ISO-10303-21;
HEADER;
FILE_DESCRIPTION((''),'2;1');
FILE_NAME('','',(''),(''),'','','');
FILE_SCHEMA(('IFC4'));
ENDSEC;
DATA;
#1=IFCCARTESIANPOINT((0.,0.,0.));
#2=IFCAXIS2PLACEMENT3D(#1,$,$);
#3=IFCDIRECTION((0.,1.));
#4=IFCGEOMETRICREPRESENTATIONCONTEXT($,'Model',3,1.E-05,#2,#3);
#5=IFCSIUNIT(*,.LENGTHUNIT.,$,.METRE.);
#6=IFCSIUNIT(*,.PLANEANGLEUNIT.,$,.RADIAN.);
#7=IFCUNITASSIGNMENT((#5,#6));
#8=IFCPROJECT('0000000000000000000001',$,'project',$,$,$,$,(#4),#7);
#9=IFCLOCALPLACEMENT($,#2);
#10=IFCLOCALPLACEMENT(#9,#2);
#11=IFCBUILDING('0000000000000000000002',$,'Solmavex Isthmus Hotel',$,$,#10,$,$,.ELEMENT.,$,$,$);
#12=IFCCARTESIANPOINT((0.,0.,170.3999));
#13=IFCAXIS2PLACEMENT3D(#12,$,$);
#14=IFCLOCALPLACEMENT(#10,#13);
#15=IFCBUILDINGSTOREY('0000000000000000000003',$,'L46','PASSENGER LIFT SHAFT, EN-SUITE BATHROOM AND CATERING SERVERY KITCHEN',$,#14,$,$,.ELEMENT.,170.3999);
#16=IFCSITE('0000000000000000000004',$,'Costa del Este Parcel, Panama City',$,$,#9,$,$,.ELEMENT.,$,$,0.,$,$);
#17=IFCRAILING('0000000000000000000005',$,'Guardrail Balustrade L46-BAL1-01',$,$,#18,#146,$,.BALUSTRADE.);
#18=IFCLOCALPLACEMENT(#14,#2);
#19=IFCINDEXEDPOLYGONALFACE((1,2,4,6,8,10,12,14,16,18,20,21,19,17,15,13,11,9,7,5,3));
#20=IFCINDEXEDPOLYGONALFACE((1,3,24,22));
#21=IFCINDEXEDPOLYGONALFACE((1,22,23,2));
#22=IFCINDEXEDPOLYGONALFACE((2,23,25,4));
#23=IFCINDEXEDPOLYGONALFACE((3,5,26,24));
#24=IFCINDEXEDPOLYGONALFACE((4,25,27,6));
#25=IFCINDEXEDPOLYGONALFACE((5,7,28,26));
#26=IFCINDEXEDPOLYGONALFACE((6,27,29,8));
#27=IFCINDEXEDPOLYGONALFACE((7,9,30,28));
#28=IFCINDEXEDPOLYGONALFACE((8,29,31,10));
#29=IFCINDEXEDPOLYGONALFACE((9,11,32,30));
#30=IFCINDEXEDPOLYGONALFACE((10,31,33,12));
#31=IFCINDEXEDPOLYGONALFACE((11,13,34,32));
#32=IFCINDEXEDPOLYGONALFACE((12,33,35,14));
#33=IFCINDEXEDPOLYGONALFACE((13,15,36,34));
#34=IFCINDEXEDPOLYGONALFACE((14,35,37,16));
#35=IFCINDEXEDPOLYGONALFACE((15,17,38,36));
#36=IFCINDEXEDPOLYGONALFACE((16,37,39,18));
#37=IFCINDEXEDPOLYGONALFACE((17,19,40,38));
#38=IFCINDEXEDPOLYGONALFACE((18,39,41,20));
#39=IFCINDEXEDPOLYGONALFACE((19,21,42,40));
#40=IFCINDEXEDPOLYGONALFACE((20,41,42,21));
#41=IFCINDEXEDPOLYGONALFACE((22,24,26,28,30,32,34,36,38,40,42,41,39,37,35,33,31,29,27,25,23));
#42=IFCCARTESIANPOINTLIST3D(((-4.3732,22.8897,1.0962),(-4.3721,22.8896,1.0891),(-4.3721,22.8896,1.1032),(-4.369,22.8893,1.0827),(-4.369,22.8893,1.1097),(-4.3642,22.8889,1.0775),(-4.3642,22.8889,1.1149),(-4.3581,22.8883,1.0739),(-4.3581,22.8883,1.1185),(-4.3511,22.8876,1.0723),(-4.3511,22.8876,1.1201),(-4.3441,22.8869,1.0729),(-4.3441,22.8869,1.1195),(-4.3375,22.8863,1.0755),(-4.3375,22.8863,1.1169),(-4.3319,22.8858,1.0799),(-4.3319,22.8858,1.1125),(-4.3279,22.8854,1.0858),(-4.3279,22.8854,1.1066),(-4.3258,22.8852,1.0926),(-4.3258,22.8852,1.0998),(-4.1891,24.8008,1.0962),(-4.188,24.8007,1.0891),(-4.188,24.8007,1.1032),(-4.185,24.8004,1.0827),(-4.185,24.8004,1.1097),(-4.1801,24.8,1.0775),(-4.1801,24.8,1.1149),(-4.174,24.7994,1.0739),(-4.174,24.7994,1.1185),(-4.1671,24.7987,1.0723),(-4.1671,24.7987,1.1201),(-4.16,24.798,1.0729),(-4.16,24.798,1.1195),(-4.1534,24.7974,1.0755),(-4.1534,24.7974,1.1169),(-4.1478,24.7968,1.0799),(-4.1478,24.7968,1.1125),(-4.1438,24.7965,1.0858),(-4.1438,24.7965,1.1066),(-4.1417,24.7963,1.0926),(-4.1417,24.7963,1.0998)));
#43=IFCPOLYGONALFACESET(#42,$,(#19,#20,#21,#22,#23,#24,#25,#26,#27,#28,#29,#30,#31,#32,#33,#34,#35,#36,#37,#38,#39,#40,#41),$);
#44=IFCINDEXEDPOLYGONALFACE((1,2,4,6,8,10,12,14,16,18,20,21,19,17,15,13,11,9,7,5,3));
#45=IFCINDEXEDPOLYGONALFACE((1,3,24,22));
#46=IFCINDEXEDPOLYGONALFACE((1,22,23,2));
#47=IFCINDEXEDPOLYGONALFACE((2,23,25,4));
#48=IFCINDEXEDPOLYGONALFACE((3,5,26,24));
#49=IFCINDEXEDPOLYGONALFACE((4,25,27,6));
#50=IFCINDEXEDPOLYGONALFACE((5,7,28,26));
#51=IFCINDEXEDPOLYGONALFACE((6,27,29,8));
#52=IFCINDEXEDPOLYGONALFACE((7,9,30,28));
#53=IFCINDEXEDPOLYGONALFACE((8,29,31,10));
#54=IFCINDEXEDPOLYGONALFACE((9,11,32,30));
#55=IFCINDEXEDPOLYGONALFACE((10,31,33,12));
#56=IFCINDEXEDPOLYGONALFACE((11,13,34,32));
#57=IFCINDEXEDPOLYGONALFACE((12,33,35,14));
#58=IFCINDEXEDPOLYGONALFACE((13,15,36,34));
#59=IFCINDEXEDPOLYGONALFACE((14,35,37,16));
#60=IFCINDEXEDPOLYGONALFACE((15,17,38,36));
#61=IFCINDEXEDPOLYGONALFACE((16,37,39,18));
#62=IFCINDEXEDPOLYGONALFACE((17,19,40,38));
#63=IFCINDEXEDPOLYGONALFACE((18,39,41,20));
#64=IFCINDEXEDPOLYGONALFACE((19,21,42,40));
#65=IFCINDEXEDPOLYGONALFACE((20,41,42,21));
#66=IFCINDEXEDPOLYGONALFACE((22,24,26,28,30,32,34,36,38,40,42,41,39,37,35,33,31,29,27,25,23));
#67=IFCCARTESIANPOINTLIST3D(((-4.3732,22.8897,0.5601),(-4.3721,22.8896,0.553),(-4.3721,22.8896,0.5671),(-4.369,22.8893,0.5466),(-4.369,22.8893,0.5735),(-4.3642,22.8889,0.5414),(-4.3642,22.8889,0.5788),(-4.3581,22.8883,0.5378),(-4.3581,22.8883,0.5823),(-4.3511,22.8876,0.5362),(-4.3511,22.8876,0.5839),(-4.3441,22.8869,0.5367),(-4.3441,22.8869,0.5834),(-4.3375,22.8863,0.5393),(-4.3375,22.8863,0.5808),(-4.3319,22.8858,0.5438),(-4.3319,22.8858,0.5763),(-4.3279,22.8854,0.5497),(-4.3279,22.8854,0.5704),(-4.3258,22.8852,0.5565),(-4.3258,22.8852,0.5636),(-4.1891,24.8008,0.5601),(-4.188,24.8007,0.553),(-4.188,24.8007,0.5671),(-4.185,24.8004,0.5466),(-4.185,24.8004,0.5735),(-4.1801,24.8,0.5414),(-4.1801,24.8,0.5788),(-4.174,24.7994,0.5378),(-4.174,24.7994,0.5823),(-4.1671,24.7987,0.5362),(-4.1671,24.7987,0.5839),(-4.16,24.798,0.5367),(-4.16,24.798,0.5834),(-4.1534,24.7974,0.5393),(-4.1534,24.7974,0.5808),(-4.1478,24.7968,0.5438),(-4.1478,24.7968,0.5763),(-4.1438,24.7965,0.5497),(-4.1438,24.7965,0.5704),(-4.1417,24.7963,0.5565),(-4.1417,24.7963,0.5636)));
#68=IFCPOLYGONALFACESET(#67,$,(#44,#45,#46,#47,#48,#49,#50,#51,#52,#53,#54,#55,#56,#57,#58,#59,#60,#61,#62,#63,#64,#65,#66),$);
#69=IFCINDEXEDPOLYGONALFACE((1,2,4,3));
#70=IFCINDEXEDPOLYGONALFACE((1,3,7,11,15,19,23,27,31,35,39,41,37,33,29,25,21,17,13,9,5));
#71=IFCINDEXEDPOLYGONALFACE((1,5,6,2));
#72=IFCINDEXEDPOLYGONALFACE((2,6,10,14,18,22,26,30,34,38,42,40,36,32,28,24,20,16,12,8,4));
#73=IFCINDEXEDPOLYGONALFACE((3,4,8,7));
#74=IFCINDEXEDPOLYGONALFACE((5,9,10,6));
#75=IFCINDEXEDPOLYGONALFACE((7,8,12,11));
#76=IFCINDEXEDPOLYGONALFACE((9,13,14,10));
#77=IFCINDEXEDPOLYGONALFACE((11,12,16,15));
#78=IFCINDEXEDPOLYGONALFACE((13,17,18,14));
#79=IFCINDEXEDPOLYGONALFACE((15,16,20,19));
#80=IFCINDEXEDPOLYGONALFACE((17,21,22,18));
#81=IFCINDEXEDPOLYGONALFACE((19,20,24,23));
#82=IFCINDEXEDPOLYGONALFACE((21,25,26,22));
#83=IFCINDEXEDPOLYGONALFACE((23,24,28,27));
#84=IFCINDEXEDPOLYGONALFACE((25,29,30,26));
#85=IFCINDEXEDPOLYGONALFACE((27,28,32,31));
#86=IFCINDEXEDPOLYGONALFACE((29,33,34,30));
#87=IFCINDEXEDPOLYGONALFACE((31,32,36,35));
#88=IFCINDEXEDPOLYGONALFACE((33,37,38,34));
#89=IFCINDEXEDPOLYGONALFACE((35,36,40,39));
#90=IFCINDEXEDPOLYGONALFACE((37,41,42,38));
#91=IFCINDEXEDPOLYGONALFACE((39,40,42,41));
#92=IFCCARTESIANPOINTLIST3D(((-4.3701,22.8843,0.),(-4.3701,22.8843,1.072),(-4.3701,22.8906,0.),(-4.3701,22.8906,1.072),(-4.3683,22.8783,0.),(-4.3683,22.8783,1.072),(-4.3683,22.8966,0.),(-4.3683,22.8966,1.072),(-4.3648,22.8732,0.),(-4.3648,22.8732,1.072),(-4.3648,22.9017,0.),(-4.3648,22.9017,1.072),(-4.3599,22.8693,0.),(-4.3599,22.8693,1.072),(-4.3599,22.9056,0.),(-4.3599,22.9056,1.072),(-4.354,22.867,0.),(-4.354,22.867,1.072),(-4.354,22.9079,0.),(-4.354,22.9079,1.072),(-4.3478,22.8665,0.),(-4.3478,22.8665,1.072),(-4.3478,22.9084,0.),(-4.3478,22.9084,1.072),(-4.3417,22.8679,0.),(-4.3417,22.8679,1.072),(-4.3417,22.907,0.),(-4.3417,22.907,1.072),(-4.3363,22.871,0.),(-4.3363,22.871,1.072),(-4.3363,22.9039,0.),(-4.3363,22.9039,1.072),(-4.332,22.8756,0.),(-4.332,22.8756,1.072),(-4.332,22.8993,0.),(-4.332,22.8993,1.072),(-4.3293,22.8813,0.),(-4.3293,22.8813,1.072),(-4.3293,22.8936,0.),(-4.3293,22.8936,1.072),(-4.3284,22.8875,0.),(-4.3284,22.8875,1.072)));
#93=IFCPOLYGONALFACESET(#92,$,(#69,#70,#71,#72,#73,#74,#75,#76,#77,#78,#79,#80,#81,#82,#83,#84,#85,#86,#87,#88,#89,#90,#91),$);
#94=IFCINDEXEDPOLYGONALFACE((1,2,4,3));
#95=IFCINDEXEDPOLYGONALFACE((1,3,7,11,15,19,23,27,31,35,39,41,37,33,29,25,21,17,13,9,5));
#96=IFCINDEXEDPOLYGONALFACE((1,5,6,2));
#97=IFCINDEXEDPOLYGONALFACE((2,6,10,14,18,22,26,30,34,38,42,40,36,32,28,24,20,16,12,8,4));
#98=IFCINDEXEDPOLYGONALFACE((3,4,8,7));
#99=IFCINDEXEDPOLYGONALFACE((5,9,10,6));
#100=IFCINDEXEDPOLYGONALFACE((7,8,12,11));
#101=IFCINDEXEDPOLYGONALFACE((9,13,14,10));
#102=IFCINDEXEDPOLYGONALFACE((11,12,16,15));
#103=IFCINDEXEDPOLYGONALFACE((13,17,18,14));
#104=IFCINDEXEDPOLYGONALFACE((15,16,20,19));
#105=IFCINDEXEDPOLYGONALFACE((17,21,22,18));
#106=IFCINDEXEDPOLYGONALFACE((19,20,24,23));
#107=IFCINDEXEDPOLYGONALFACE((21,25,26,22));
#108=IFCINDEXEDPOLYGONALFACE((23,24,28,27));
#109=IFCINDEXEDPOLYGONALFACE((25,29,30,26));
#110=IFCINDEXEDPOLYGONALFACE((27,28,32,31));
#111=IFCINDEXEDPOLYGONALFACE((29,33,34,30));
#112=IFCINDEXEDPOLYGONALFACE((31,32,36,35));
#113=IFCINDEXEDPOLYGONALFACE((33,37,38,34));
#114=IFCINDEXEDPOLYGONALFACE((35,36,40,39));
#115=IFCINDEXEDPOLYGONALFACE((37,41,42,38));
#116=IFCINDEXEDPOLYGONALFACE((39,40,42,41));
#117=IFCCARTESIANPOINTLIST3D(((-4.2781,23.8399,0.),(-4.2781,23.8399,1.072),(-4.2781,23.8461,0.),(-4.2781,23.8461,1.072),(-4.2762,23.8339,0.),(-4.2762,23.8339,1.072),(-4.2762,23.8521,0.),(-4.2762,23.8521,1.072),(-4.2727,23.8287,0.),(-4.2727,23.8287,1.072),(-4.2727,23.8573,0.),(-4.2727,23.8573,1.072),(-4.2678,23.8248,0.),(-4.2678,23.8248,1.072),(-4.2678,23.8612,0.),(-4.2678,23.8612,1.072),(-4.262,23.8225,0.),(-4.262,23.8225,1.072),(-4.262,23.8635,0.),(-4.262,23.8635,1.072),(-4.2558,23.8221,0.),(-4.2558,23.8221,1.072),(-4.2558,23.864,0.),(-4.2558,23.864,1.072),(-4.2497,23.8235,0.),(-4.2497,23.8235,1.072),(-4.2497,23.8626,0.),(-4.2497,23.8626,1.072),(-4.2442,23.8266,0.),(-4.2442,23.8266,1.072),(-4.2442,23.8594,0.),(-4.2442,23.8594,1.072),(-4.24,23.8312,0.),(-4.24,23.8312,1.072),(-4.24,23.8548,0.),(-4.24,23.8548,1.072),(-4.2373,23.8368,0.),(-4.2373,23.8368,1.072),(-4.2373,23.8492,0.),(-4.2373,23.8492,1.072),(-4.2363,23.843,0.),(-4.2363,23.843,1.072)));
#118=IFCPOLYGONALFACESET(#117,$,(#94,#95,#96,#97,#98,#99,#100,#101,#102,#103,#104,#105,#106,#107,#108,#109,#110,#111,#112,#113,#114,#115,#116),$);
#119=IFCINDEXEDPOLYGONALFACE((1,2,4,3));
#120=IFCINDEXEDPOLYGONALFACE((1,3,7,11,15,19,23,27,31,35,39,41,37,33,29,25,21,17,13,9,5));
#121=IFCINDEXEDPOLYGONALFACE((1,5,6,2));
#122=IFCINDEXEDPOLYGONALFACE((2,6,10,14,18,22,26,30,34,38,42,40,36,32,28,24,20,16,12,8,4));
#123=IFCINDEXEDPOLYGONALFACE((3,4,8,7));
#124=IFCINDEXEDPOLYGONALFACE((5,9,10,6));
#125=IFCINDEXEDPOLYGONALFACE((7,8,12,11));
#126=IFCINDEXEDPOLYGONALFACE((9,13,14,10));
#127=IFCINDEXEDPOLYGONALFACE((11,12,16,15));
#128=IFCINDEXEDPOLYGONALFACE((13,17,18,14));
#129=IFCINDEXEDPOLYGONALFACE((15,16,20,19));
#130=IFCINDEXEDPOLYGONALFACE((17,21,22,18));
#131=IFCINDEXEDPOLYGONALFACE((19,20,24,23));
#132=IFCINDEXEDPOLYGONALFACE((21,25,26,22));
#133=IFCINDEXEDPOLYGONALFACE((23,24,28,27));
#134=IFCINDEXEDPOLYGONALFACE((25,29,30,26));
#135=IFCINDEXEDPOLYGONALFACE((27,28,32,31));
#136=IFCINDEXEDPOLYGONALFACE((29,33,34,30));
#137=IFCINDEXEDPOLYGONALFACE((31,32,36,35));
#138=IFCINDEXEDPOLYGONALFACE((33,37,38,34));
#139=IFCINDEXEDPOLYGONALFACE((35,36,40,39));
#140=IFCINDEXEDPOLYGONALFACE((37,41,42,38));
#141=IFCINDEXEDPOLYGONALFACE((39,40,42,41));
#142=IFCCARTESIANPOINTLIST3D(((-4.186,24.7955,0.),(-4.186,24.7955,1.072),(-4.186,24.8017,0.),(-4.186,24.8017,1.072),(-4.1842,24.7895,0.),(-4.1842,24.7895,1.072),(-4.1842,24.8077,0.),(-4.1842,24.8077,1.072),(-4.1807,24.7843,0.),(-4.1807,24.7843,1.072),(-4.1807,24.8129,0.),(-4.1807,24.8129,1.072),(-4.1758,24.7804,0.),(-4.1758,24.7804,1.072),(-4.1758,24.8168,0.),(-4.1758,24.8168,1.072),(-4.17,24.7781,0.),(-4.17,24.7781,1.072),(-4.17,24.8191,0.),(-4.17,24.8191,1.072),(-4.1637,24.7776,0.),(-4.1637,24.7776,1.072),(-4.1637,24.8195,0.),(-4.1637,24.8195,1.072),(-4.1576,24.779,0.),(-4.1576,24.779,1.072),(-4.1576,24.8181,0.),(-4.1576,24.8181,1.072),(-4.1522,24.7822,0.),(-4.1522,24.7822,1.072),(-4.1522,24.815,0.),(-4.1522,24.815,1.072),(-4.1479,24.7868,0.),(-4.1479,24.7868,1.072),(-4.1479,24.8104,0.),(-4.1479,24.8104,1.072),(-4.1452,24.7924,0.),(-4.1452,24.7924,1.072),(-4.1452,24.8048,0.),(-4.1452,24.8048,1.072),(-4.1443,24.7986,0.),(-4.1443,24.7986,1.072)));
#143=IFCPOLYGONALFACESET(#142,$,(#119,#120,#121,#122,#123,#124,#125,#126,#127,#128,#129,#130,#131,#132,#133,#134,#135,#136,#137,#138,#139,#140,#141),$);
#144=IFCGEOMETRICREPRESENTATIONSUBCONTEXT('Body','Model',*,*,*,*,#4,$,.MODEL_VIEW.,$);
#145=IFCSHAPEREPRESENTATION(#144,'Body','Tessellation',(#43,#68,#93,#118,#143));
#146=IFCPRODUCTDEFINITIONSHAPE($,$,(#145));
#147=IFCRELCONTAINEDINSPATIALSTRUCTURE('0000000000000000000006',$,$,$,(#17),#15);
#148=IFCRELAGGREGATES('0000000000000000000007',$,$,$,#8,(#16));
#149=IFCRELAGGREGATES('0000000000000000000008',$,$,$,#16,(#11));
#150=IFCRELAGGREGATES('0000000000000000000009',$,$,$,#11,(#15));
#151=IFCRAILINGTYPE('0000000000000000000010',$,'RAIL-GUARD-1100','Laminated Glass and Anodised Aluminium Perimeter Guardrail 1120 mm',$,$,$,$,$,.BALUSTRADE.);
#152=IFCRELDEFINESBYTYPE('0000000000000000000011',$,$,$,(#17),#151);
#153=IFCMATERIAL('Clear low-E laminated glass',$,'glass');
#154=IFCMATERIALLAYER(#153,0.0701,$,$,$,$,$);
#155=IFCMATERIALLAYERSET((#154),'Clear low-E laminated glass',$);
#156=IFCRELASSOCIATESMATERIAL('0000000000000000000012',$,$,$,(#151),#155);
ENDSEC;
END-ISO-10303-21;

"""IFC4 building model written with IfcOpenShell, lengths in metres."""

from ifc_helpers import new_model, si_unit, direction, frame, origin, origin_2d, place, context, subcontext, project, spatial, circle, extrude, material, layer, layer_set, type_object, element, save


model = new_model("IFC4")

# Units and contexts
model_context = context("Model", 3, precision=1e-05, world=origin(), true_north=direction((0.0, 1.0)))
body_context = subcontext(model_context, "Body", "Model", "MODEL_VIEW")
ifc_project = project(units=[si_unit("LENGTHUNIT", "METRE"), si_unit("PLANEANGLEUNIT", "RADIAN")], contexts=[model_context])

# Site, building, storey
site_placement = place(None, origin())
site = spatial("IfcSite", under=ifc_project, at=site_placement, Name="Costa del Este Parcel, Panama City", CompositionType="ELEMENT", RefElevation=0.0)
building_placement = place(site_placement, origin())
building = spatial("IfcBuilding", under=site, at=building_placement, Name="Solmavex Isthmus Hotel", CompositionType="ELEMENT")
storey_placement = place(building_placement, frame((0.0, 0.0, 170.3999)))
storey = spatial("IfcBuildingStorey", under=building, at=storey_placement, Name="L46", Description="PASSENGER LIFT SHAFT, EN-SUITE BATHROOM AND CATERING SERVERY KITCHEN", CompositionType="ELEMENT", Elevation=170.3999)

# Shared definitions
ifc_material_1 = material(Name="Clear low-E laminated glass", Category="glass")

# Railing
ifc_layer_1 = layer(ifc_material_1, 0.0701)
ifc_layer_set_1 = layer_set([ifc_layer_1], Name="Clear low-E laminated glass")
railing_type = type_object("IfcRailingType", Name="RAIL-GUARD-1100", Description="Laminated Glass and Anodised Aluminium Perimeter Guardrail 1120 mm", PredefinedType="BALUSTRADE", material=ifc_layer_set_1)
railing_1_placement = place(storey_placement, frame((-4.3494, 22.8875, 0.0)))
element("IfcRailing", 1, at=railing_1_placement, inside=storey, type_object=railing_type, Name="Guardrail Balustrade L46-BAL1-01", PredefinedType="BALUSTRADE", context=body_context, shape_type="SweptSolid", body=[
    extrude(circle(Radius=0.0239, at=origin_2d()), frame((0.0, 0.0, 1.0962), z_axis=(0.095877, 0.995393, 0.0), x_axis=(-0.995393, 0.095877, 0.0)), (0.0, 0.0, 1.0), 1.9199),
    extrude(circle(Radius=0.0239, at=origin_2d()), frame((0.0, 0.0, 0.5601), z_axis=(0.095877, 0.995393, 0.0), x_axis=(-0.995393, 0.095877, 0.0)), (0.0, 0.0, 1.0), 1.9199),
    extrude(circle(Radius=0.021, at=origin_2d()), origin(), (0.0, 0.0, 1.0), 1.072),
    extrude(circle(Radius=0.021, at=origin_2d()), frame((0.092, 0.9556, 0.0)), (0.0, 0.0, 1.0), 1.072),
    extrude(circle(Radius=0.021, at=origin_2d()), frame((0.1841, 1.9111, 0.0)), (0.0, 0.0, 1.0), 1.072),
])

save(model, "model.ifc")
